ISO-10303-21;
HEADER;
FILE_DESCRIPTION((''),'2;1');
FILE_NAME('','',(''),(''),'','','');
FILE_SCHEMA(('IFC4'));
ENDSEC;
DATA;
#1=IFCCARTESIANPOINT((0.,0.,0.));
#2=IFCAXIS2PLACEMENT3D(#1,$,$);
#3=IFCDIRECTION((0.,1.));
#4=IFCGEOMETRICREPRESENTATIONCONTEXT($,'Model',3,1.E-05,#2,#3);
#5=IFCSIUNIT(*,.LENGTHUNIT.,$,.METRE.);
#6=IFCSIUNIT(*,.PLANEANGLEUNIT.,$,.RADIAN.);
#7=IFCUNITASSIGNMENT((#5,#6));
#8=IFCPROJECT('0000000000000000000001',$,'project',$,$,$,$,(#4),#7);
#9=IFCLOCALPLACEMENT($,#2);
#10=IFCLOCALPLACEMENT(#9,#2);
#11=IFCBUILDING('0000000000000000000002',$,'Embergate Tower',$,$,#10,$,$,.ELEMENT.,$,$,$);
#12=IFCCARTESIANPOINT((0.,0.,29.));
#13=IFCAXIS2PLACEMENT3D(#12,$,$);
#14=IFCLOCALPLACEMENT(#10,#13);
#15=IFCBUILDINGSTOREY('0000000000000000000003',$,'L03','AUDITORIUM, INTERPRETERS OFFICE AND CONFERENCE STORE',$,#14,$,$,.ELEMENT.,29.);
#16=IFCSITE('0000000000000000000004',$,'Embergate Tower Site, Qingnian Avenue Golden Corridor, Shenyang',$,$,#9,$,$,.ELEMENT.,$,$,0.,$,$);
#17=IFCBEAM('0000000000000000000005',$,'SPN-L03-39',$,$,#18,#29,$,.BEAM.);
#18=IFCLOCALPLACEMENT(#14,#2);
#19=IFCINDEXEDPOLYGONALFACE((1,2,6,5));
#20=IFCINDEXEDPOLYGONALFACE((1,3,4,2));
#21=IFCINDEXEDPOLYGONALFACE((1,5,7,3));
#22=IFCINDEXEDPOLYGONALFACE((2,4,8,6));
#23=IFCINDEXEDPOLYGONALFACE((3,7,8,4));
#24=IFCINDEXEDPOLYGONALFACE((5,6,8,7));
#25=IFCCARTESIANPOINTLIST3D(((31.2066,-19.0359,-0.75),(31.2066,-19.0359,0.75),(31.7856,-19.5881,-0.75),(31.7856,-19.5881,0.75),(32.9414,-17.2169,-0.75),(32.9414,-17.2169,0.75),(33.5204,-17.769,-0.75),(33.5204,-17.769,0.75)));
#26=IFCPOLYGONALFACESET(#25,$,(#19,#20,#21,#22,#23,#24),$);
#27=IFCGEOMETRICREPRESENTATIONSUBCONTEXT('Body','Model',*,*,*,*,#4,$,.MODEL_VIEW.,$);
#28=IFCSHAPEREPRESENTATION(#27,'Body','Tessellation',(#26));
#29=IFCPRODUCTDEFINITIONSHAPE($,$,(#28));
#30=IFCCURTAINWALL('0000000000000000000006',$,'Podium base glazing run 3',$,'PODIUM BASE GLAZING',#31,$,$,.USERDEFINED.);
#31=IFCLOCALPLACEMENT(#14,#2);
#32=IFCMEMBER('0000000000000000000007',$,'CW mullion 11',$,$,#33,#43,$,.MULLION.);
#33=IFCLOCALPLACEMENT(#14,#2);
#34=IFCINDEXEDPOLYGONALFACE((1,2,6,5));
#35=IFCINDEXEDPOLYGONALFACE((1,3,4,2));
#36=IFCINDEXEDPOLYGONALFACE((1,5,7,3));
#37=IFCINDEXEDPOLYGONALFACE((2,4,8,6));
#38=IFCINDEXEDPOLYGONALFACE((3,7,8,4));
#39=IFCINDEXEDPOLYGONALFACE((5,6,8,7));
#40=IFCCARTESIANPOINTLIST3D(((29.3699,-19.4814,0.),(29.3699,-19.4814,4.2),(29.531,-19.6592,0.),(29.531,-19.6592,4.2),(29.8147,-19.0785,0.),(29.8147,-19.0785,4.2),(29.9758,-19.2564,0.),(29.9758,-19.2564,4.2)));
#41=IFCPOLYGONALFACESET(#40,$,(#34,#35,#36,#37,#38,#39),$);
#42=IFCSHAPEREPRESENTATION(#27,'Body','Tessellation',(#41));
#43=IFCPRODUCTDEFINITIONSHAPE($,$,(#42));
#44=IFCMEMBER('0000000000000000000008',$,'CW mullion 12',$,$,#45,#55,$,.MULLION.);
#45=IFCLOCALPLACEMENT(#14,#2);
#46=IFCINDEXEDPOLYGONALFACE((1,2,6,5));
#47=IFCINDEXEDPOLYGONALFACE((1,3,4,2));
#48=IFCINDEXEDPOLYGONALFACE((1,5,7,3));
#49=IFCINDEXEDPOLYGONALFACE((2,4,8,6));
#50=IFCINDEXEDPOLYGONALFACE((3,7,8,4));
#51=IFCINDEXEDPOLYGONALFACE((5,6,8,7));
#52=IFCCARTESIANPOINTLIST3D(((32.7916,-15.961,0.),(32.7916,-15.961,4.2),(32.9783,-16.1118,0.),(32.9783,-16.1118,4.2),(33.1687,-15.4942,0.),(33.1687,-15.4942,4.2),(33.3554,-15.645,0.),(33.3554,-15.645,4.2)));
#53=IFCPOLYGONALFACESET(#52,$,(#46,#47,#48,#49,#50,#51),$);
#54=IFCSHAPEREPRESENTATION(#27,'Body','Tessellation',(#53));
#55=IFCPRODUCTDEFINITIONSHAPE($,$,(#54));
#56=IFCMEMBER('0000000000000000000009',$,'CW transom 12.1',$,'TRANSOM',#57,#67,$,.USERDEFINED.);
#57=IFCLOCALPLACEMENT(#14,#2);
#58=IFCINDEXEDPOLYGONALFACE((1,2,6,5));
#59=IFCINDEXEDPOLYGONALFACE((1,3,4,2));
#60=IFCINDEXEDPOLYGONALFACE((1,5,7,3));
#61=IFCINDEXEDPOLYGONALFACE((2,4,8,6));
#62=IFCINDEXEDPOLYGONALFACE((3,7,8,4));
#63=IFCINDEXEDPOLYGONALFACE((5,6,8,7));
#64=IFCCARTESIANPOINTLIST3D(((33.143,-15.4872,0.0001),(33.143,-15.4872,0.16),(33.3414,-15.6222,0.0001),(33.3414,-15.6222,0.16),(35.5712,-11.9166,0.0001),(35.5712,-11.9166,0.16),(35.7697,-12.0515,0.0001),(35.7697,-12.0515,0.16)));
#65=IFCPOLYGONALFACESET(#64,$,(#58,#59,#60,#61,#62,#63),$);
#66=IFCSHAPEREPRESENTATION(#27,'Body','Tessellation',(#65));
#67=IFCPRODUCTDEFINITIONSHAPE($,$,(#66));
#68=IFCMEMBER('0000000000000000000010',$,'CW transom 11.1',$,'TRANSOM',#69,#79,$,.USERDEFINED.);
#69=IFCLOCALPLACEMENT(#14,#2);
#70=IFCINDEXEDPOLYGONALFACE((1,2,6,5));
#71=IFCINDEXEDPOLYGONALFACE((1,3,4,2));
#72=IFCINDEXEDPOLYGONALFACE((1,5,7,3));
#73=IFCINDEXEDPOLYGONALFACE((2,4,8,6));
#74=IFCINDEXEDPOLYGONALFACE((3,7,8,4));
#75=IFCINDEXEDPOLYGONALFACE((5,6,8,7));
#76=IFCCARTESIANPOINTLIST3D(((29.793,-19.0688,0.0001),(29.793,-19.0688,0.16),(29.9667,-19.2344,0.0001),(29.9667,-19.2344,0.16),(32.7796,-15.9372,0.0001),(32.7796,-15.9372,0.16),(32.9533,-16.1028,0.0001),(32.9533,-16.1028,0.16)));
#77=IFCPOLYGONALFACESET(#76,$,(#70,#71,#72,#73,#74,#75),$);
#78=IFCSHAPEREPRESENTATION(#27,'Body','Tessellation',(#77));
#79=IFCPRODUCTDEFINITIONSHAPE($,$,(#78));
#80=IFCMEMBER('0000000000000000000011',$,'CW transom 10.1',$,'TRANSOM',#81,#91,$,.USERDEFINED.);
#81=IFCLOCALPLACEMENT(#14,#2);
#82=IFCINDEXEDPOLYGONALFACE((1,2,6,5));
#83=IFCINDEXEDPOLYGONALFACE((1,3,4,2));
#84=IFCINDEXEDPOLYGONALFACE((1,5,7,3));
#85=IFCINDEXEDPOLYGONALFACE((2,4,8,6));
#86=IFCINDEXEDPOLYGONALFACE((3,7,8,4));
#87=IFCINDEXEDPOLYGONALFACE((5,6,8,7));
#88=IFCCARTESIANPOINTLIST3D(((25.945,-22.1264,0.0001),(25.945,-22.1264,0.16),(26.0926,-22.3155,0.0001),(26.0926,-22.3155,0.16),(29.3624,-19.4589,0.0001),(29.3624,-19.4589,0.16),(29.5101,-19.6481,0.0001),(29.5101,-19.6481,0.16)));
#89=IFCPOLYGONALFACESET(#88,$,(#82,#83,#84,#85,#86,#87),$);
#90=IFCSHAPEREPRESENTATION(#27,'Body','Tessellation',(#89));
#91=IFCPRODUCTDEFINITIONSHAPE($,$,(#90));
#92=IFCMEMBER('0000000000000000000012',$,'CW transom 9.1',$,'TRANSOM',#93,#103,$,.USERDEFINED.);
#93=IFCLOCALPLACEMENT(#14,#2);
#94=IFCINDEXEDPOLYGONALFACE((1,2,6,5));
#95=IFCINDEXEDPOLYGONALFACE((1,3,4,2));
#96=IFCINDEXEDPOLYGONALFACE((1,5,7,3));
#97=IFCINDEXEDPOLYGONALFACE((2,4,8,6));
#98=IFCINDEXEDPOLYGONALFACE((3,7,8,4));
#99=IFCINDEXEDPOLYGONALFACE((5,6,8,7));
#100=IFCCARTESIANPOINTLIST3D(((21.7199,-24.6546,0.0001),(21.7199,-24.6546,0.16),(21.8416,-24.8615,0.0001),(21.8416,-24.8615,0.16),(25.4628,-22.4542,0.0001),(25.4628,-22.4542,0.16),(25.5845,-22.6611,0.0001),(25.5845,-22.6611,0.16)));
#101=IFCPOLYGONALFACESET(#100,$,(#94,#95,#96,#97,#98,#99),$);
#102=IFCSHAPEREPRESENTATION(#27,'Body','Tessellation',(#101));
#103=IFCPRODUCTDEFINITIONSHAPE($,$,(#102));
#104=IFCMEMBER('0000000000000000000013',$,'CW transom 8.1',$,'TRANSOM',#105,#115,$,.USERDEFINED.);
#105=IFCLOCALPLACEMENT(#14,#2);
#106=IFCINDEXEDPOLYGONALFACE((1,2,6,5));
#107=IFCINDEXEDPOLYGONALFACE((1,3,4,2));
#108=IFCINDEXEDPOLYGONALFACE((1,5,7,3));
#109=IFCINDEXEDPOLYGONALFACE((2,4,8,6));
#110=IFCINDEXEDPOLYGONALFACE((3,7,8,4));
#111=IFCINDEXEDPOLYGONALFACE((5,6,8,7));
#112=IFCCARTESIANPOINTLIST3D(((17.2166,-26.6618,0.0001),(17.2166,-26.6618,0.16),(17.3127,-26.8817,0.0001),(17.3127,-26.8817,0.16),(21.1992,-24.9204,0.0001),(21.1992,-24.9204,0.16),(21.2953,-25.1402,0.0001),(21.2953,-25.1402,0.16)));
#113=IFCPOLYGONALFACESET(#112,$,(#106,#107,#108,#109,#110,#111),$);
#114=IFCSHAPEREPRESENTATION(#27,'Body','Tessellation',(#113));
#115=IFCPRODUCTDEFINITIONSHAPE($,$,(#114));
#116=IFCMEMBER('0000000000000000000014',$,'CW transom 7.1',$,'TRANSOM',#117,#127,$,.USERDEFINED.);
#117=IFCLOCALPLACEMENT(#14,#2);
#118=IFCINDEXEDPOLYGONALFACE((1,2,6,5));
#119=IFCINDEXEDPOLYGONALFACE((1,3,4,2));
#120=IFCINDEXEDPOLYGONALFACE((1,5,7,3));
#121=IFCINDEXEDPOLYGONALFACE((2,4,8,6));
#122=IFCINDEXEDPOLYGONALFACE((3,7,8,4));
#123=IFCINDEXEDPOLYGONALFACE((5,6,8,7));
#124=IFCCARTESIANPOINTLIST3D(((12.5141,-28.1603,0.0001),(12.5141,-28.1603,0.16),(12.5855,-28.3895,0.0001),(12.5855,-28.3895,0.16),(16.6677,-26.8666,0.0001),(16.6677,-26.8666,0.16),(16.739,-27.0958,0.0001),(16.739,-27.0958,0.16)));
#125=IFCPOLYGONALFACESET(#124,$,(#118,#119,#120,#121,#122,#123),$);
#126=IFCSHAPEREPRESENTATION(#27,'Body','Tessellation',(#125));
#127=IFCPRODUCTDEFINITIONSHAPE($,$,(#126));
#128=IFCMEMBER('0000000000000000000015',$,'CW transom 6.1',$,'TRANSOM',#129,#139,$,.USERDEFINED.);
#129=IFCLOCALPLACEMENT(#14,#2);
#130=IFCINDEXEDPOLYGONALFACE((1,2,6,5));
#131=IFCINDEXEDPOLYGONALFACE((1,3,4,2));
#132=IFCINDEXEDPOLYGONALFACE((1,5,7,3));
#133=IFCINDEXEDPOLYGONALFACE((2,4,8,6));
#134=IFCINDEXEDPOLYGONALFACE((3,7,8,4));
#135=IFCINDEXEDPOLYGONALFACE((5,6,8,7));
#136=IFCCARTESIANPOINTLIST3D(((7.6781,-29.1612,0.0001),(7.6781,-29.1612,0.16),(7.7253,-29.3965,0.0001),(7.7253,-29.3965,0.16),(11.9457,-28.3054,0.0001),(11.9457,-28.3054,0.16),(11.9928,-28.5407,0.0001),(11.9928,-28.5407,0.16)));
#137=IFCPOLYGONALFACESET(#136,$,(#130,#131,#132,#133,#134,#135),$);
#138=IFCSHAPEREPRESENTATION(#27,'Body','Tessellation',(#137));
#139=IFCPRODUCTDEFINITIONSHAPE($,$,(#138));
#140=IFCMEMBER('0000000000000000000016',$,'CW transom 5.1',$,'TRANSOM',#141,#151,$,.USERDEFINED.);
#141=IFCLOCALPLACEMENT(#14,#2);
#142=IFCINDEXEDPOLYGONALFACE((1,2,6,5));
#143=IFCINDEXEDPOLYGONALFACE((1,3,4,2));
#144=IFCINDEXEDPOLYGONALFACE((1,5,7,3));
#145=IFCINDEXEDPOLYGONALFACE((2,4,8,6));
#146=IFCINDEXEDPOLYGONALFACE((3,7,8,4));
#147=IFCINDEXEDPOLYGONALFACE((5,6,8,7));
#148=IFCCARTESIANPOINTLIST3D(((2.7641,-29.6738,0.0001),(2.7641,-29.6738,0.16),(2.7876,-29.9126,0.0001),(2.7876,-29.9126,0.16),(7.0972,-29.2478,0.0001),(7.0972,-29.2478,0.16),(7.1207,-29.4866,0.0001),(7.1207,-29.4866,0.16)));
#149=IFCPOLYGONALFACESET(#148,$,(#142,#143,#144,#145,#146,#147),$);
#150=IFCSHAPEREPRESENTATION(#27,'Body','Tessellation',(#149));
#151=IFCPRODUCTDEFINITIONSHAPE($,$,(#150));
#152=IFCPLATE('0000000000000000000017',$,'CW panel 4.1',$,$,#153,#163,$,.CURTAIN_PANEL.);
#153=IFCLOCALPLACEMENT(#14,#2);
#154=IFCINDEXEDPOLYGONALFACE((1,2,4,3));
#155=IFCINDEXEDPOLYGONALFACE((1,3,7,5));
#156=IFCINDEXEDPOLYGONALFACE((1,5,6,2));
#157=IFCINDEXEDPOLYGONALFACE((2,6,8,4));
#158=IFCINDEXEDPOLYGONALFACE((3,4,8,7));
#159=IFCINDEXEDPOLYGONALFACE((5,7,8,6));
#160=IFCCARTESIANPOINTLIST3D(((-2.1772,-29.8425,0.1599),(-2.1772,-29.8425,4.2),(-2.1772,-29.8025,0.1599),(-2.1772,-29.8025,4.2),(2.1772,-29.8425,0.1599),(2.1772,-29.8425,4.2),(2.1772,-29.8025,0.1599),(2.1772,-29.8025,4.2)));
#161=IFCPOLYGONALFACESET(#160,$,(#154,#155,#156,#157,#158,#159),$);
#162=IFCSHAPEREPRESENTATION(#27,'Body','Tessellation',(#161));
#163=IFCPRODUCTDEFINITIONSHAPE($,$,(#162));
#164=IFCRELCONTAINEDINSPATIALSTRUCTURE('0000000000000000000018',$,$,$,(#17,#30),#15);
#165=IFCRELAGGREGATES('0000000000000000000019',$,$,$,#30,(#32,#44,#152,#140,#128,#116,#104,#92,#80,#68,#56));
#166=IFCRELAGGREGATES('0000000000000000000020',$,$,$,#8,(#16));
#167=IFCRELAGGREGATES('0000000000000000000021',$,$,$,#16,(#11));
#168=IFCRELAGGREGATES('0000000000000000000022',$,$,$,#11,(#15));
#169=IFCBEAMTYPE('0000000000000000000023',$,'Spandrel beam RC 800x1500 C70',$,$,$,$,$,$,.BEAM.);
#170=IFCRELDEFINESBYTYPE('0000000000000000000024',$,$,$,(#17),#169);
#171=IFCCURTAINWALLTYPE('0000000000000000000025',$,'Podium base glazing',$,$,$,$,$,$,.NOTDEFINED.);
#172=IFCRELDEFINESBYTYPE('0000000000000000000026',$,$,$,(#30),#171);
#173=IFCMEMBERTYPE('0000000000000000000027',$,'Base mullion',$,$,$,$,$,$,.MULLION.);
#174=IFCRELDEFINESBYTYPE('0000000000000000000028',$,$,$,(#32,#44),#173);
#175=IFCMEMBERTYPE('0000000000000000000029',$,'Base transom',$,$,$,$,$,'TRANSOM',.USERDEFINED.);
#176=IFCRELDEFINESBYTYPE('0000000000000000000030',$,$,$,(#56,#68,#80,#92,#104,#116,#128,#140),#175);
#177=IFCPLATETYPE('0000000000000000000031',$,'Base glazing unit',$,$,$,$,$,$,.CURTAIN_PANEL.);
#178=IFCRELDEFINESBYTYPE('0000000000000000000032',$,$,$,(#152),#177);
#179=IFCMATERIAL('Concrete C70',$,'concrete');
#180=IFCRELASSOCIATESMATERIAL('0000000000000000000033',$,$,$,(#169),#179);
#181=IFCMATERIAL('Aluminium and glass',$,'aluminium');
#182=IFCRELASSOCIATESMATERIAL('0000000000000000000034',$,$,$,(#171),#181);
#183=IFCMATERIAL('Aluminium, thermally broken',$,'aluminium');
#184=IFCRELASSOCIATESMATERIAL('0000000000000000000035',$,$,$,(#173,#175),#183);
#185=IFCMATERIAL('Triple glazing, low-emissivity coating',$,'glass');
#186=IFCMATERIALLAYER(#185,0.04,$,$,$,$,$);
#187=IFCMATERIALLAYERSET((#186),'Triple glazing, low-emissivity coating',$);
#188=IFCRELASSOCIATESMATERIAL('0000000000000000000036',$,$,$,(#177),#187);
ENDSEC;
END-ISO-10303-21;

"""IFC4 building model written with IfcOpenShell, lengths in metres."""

from ifc_helpers import new_model, si_unit, direction, frame, origin, origin_2d, place, context, subcontext, project, spatial, rectangle, extrude, source, transform, mapped, material, layer, layer_set, material_profile, profile_set, type_object, element, aggregate, save


model = new_model("IFC4")

# Units and contexts
model_context = context("Model", 3, precision=1e-05, world=origin(), true_north=direction((0.0, 1.0)))
body_context = subcontext(model_context, "Body", "Model", "MODEL_VIEW")
ifc_project = project(units=[si_unit("LENGTHUNIT", "METRE"), si_unit("PLANEANGLEUNIT", "RADIAN")], contexts=[model_context])

# Site, building, storey
site_placement = place(None, origin())
site = spatial("IfcSite", under=ifc_project, at=site_placement, Name="Embergate Tower Site, Qingnian Avenue Golden Corridor, Shenyang", CompositionType="ELEMENT", RefElevation=0.0)
building_placement = place(site_placement, origin())
building = spatial("IfcBuilding", under=site, at=building_placement, Name="Embergate Tower", CompositionType="ELEMENT")
storey_placement = place(building_placement, frame((0.0, 0.0, 29.0)))
storey = spatial("IfcBuildingStorey", under=building, at=storey_placement, Name="L03", Description="AUDITORIUM, INTERPRETERS OFFICE AND CONFERENCE STORE", CompositionType="ELEMENT", Elevation=29.0)

# Beam
ifc_material_1 = material(Name="Concrete C70", Category="concrete")
ifc_material_profile_1 = material_profile(ifc_material_1, rectangle(XDim=0.8, YDim=1.5, at=origin_2d()), Name="RC 800x1500")
ifc_profile_set_1 = profile_set([ifc_material_profile_1], Name="Concrete C70")
beam_type = type_object("IfcBeamType", Name="Spandrel beam RC 800x1500 C70", PredefinedType="BEAM", material=ifc_profile_set_1)
shared_shape_1 = source(origin(), body_context, "Body", "SweptSolid", [
    extrude(rectangle(XDim=0.8, YDim=1.5, at=origin_2d()), origin(), (0.0, 0.0, 1.0), 2.5137),
])
beam_placement = place(storey_placement, frame((31.4961, -19.312, 0.0), z_axis=(0.690155, 0.723662, 0.0), x_axis=(-0.723662, 0.690155, 0.0)))
element("IfcBeam", 1, at=beam_placement, inside=storey, type_object=beam_type, Name="SPN-L03-39", PredefinedType="BEAM", context=body_context, shape_type="MappedRepresentation", body=[
    mapped(shared_shape_1, transform((0.0, 0.0, 0.0))),
])

# Curtain wall, members, plate
ifc_material_2 = material(Name="Aluminium and glass", Category="aluminium")
curtain_wall_type = type_object("IfcCurtainWallType", Name="Podium base glazing", PredefinedType="NOTDEFINED", material=ifc_material_2)
curtain_wall_placement = place(storey_placement, origin())
curtain_wall = element("IfcCurtainWall", 2, at=curtain_wall_placement, inside=storey, type_object=curtain_wall_type, Name="Podium base glazing run 3", ObjectType="PODIUM BASE GLAZING", PredefinedType="USERDEFINED")
ifc_material_3 = material(Name="Aluminium, thermally broken", Category="aluminium")
ifc_material_profile_2 = material_profile(ifc_material_3, rectangle(XDim=0.24, YDim=0.6001, at=origin_2d()), Name="AL 600x240")
ifc_profile_set_2 = profile_set([ifc_material_profile_2], Name="Aluminium, thermally broken")
member_type_1 = type_object("IfcMemberType", Name="Base mullion", PredefinedType="MULLION", material=ifc_profile_set_2)
shared_shape_2 = source(origin(), body_context, "Body", "SweptSolid", [
    extrude(rectangle(XDim=0.24, YDim=0.6001, at=origin_2d()), origin(), (0.0, 0.0, 1.0), 4.2),
])
member_1_placement = place(storey_placement, frame((29.6729, -19.3689, 0.0), z_axis=(0.0, 0.0, 1.0), x_axis=(-0.671236, 0.741244, 0.0)))
member_1 = element("IfcMember", 3, at=member_1_placement, type_object=member_type_1, Name="CW mullion 11", PredefinedType="MULLION", context=body_context, shape_type="MappedRepresentation", body=[
    mapped(shared_shape_2, transform((0.0, 0.0, 0.0))),
])
member_2_placement = place(storey_placement, frame((33.0735, -15.803, 0.0), z_axis=(0.0, 0.0, 1.0), x_axis=(-0.77788, 0.628413, 0.0)))
member_2 = element("IfcMember", 4, at=member_2_placement, type_object=member_type_1, Name="CW mullion 12", PredefinedType="MULLION", context=body_context, shape_type="MappedRepresentation", body=[
    mapped(shared_shape_2, transform((0.0, 0.0, 0.0))),
])
ifc_material_profile_3 = material_profile(ifc_material_3, rectangle(XDim=0.24, YDim=0.1599, at=origin_2d()), Name="AL 160x240")
ifc_profile_set_3 = profile_set([ifc_material_profile_3], Name="Aluminium, thermally broken")
member_type_2 = type_object("IfcMemberType", Name="Base transom", ElementType="TRANSOM", PredefinedType="USERDEFINED", material=ifc_profile_set_3)
shared_shape_3 = source(origin(), body_context, "Body", "SweptSolid", [
    extrude(rectangle(XDim=0.24, YDim=0.1599, at=origin_2d()), origin(), (0.0, 0.0, 1.0), 4.3181),
])
member_3_placement = place(storey_placement, frame((33.2422, -15.5547, 0.0801), z_axis=(0.562349, 0.8269, 0.0), x_axis=(-0.8269, 0.562349, 0.0)))
member_3 = element("IfcMember", 5, at=member_3_placement, type_object=member_type_2, Name="CW transom 12.1", ObjectType="TRANSOM", PredefinedType="USERDEFINED", context=body_context, shape_type="MappedRepresentation", body=[
    mapped(shared_shape_3, transform((0.0, 0.0, 0.0))),
])
shared_shape_4 = source(origin(), body_context, "Body", "SweptSolid", [
    extrude(rectangle(XDim=0.24, YDim=0.1599, at=origin_2d()), origin(), (0.0, 0.0, 1.0), 4.3274),
])
member_4_placement = place(storey_placement, frame((29.8799, -19.1516, 0.0801), z_axis=(0.690152, 0.723664, 0.0), x_axis=(-0.723664, 0.690152, 0.0)))
member_4 = element("IfcMember", 6, at=member_4_placement, type_object=member_type_2, Name="CW transom 11.1", ObjectType="TRANSOM", PredefinedType="USERDEFINED", context=body_context, shape_type="MappedRepresentation", body=[
    mapped(shared_shape_4, transform((0.0, 0.0, 0.0))),
])
shared_shape_5 = source(origin(), body_context, "Body", "SweptSolid", [
    extrude(rectangle(XDim=0.24, YDim=0.1599, at=origin_2d()), origin(), (0.0, 0.0, 1.0), 4.3352),
])
member_5_placement = place(storey_placement, frame((26.0188, -22.2209, 0.0801), z_axis=(0.788296, 0.615296, 0.0), x_axis=(-0.615296, 0.788296, 0.0)))
member_5 = element("IfcMember", 7, at=member_5_placement, type_object=member_type_2, Name="CW transom 10.1", ObjectType="TRANSOM", PredefinedType="USERDEFINED", context=body_context, shape_type="MappedRepresentation", body=[
    mapped(shared_shape_5, transform((0.0, 0.0, 0.0))),
])
shared_shape_6 = source(origin(), body_context, "Body", "SweptSolid", [
    extrude(rectangle(XDim=0.24, YDim=0.1599, at=origin_2d()), origin(), (0.0, 0.0, 1.0), 4.3418),
])
member_6_placement = place(storey_placement, frame((21.7808, -24.7581, 0.0801), z_axis=(0.862063, 0.506801, 0.0), x_axis=(-0.506801, 0.862063, 0.0)))
member_6 = element("IfcMember", 8, at=member_6_placement, type_object=member_type_2, Name="CW transom 9.1", ObjectType="TRANSOM", PredefinedType="USERDEFINED", context=body_context, shape_type="MappedRepresentation", body=[
    mapped(shared_shape_6, transform((0.0, 0.0, 0.0))),
])
shared_shape_7 = source(origin(), body_context, "Body", "SweptSolid", [
    extrude(rectangle(XDim=0.24, YDim=0.1599, at=origin_2d()), origin(), (0.0, 0.0, 1.0), 4.3467),
])
member_7_placement = place(storey_placement, frame((17.2646, -26.7717, 0.0801), z_axis=(0.916239, 0.400633, 0.0), x_axis=(-0.400633, 0.916239, 0.0)))
member_7 = element("IfcMember", 9, at=member_7_placement, type_object=member_type_2, Name="CW transom 8.1", ObjectType="TRANSOM", PredefinedType="USERDEFINED", context=body_context, shape_type="MappedRepresentation", body=[
    mapped(shared_shape_7, transform((0.0, 0.0, 0.0))),
])
shared_shape_8 = source(origin(), body_context, "Body", "SweptSolid", [
    extrude(rectangle(XDim=0.24, YDim=0.1599, at=origin_2d()), origin(), (0.0, 0.0, 1.0), 4.3503),
])
member_8_placement = place(storey_placement, frame((12.5498, -28.2749, 0.0801), z_axis=(0.95476, 0.297377, 0.0), x_axis=(-0.297377, 0.95476, 0.0)))
member_8 = element("IfcMember", 10, at=member_8_placement, type_object=member_type_2, Name="CW transom 7.1", ObjectType="TRANSOM", PredefinedType="USERDEFINED", context=body_context, shape_type="MappedRepresentation", body=[
    mapped(shared_shape_8, transform((0.0, 0.0, 0.0))),
])
shared_shape_9 = source(origin(), body_context, "Body", "SweptSolid", [
    extrude(rectangle(XDim=0.24, YDim=0.1599, at=origin_2d()), origin(), (0.0, 0.0, 1.0), 4.3525),
])
member_9_placement = place(storey_placement, frame((7.7017, -29.2788, 0.0801), z_axis=(0.980483, 0.196602, 0.0), x_axis=(-0.196602, 0.980483, 0.0)))
member_9 = element("IfcMember", 11, at=member_9_placement, type_object=member_type_2, Name="CW transom 6.1", ObjectType="TRANSOM", PredefinedType="USERDEFINED", context=body_context, shape_type="MappedRepresentation", body=[
    mapped(shared_shape_9, transform((0.0, 0.0, 0.0))),
])
shared_shape_10 = source(origin(), body_context, "Body", "SweptSolid", [
    extrude(rectangle(XDim=0.24, YDim=0.1599, at=origin_2d()), origin(), (0.0, 0.0, 1.0), 4.354),
])
member_10_placement = place(storey_placement, frame((2.7759, -29.7932, 0.0801), z_axis=(0.995201, 0.097849, 0.0), x_axis=(-0.097849, 0.995201, 0.0)))
member_10 = element("IfcMember", 12, at=member_10_placement, type_object=member_type_2, Name="CW transom 5.1", ObjectType="TRANSOM", PredefinedType="USERDEFINED", context=body_context, shape_type="MappedRepresentation", body=[
    mapped(shared_shape_10, transform((0.0, 0.0, 0.0))),
])
ifc_material_4 = material(Name="Triple glazing, low-emissivity coating", Category="glass")
ifc_layer_1 = layer(ifc_material_4, 0.04)
ifc_layer_set_1 = layer_set([ifc_layer_1], Name="Triple glazing, low-emissivity coating")
plate_type = type_object("IfcPlateType", Name="Base glazing unit", PredefinedType="CURTAIN_PANEL", material=ifc_layer_set_1)
shared_shape_11 = source(origin(), body_context, "Body", "SweptSolid", [
    extrude(rectangle(XDim=4.3545, YDim=0.04, at=origin_2d()), origin(), (0.0, 0.0, 1.0), 4.04),
])
plate_placement = place(storey_placement, frame((0.0, -29.8225, 0.1599), z_axis=(0.0, 0.0, 1.0), x_axis=(1.0, 0.0, 0.0)))
plate = element("IfcPlate", 13, at=plate_placement, type_object=plate_type, Name="CW panel 4.1", PredefinedType="CURTAIN_PANEL", context=body_context, shape_type="MappedRepresentation", body=[
    mapped(shared_shape_11, transform((0.0, 0.0, 0.0))),
])
aggregate(curtain_wall, [member_1, member_2, plate, member_10, member_9, member_8, member_7, member_6, member_5, member_4, member_3])

save(model, "model.ifc")
